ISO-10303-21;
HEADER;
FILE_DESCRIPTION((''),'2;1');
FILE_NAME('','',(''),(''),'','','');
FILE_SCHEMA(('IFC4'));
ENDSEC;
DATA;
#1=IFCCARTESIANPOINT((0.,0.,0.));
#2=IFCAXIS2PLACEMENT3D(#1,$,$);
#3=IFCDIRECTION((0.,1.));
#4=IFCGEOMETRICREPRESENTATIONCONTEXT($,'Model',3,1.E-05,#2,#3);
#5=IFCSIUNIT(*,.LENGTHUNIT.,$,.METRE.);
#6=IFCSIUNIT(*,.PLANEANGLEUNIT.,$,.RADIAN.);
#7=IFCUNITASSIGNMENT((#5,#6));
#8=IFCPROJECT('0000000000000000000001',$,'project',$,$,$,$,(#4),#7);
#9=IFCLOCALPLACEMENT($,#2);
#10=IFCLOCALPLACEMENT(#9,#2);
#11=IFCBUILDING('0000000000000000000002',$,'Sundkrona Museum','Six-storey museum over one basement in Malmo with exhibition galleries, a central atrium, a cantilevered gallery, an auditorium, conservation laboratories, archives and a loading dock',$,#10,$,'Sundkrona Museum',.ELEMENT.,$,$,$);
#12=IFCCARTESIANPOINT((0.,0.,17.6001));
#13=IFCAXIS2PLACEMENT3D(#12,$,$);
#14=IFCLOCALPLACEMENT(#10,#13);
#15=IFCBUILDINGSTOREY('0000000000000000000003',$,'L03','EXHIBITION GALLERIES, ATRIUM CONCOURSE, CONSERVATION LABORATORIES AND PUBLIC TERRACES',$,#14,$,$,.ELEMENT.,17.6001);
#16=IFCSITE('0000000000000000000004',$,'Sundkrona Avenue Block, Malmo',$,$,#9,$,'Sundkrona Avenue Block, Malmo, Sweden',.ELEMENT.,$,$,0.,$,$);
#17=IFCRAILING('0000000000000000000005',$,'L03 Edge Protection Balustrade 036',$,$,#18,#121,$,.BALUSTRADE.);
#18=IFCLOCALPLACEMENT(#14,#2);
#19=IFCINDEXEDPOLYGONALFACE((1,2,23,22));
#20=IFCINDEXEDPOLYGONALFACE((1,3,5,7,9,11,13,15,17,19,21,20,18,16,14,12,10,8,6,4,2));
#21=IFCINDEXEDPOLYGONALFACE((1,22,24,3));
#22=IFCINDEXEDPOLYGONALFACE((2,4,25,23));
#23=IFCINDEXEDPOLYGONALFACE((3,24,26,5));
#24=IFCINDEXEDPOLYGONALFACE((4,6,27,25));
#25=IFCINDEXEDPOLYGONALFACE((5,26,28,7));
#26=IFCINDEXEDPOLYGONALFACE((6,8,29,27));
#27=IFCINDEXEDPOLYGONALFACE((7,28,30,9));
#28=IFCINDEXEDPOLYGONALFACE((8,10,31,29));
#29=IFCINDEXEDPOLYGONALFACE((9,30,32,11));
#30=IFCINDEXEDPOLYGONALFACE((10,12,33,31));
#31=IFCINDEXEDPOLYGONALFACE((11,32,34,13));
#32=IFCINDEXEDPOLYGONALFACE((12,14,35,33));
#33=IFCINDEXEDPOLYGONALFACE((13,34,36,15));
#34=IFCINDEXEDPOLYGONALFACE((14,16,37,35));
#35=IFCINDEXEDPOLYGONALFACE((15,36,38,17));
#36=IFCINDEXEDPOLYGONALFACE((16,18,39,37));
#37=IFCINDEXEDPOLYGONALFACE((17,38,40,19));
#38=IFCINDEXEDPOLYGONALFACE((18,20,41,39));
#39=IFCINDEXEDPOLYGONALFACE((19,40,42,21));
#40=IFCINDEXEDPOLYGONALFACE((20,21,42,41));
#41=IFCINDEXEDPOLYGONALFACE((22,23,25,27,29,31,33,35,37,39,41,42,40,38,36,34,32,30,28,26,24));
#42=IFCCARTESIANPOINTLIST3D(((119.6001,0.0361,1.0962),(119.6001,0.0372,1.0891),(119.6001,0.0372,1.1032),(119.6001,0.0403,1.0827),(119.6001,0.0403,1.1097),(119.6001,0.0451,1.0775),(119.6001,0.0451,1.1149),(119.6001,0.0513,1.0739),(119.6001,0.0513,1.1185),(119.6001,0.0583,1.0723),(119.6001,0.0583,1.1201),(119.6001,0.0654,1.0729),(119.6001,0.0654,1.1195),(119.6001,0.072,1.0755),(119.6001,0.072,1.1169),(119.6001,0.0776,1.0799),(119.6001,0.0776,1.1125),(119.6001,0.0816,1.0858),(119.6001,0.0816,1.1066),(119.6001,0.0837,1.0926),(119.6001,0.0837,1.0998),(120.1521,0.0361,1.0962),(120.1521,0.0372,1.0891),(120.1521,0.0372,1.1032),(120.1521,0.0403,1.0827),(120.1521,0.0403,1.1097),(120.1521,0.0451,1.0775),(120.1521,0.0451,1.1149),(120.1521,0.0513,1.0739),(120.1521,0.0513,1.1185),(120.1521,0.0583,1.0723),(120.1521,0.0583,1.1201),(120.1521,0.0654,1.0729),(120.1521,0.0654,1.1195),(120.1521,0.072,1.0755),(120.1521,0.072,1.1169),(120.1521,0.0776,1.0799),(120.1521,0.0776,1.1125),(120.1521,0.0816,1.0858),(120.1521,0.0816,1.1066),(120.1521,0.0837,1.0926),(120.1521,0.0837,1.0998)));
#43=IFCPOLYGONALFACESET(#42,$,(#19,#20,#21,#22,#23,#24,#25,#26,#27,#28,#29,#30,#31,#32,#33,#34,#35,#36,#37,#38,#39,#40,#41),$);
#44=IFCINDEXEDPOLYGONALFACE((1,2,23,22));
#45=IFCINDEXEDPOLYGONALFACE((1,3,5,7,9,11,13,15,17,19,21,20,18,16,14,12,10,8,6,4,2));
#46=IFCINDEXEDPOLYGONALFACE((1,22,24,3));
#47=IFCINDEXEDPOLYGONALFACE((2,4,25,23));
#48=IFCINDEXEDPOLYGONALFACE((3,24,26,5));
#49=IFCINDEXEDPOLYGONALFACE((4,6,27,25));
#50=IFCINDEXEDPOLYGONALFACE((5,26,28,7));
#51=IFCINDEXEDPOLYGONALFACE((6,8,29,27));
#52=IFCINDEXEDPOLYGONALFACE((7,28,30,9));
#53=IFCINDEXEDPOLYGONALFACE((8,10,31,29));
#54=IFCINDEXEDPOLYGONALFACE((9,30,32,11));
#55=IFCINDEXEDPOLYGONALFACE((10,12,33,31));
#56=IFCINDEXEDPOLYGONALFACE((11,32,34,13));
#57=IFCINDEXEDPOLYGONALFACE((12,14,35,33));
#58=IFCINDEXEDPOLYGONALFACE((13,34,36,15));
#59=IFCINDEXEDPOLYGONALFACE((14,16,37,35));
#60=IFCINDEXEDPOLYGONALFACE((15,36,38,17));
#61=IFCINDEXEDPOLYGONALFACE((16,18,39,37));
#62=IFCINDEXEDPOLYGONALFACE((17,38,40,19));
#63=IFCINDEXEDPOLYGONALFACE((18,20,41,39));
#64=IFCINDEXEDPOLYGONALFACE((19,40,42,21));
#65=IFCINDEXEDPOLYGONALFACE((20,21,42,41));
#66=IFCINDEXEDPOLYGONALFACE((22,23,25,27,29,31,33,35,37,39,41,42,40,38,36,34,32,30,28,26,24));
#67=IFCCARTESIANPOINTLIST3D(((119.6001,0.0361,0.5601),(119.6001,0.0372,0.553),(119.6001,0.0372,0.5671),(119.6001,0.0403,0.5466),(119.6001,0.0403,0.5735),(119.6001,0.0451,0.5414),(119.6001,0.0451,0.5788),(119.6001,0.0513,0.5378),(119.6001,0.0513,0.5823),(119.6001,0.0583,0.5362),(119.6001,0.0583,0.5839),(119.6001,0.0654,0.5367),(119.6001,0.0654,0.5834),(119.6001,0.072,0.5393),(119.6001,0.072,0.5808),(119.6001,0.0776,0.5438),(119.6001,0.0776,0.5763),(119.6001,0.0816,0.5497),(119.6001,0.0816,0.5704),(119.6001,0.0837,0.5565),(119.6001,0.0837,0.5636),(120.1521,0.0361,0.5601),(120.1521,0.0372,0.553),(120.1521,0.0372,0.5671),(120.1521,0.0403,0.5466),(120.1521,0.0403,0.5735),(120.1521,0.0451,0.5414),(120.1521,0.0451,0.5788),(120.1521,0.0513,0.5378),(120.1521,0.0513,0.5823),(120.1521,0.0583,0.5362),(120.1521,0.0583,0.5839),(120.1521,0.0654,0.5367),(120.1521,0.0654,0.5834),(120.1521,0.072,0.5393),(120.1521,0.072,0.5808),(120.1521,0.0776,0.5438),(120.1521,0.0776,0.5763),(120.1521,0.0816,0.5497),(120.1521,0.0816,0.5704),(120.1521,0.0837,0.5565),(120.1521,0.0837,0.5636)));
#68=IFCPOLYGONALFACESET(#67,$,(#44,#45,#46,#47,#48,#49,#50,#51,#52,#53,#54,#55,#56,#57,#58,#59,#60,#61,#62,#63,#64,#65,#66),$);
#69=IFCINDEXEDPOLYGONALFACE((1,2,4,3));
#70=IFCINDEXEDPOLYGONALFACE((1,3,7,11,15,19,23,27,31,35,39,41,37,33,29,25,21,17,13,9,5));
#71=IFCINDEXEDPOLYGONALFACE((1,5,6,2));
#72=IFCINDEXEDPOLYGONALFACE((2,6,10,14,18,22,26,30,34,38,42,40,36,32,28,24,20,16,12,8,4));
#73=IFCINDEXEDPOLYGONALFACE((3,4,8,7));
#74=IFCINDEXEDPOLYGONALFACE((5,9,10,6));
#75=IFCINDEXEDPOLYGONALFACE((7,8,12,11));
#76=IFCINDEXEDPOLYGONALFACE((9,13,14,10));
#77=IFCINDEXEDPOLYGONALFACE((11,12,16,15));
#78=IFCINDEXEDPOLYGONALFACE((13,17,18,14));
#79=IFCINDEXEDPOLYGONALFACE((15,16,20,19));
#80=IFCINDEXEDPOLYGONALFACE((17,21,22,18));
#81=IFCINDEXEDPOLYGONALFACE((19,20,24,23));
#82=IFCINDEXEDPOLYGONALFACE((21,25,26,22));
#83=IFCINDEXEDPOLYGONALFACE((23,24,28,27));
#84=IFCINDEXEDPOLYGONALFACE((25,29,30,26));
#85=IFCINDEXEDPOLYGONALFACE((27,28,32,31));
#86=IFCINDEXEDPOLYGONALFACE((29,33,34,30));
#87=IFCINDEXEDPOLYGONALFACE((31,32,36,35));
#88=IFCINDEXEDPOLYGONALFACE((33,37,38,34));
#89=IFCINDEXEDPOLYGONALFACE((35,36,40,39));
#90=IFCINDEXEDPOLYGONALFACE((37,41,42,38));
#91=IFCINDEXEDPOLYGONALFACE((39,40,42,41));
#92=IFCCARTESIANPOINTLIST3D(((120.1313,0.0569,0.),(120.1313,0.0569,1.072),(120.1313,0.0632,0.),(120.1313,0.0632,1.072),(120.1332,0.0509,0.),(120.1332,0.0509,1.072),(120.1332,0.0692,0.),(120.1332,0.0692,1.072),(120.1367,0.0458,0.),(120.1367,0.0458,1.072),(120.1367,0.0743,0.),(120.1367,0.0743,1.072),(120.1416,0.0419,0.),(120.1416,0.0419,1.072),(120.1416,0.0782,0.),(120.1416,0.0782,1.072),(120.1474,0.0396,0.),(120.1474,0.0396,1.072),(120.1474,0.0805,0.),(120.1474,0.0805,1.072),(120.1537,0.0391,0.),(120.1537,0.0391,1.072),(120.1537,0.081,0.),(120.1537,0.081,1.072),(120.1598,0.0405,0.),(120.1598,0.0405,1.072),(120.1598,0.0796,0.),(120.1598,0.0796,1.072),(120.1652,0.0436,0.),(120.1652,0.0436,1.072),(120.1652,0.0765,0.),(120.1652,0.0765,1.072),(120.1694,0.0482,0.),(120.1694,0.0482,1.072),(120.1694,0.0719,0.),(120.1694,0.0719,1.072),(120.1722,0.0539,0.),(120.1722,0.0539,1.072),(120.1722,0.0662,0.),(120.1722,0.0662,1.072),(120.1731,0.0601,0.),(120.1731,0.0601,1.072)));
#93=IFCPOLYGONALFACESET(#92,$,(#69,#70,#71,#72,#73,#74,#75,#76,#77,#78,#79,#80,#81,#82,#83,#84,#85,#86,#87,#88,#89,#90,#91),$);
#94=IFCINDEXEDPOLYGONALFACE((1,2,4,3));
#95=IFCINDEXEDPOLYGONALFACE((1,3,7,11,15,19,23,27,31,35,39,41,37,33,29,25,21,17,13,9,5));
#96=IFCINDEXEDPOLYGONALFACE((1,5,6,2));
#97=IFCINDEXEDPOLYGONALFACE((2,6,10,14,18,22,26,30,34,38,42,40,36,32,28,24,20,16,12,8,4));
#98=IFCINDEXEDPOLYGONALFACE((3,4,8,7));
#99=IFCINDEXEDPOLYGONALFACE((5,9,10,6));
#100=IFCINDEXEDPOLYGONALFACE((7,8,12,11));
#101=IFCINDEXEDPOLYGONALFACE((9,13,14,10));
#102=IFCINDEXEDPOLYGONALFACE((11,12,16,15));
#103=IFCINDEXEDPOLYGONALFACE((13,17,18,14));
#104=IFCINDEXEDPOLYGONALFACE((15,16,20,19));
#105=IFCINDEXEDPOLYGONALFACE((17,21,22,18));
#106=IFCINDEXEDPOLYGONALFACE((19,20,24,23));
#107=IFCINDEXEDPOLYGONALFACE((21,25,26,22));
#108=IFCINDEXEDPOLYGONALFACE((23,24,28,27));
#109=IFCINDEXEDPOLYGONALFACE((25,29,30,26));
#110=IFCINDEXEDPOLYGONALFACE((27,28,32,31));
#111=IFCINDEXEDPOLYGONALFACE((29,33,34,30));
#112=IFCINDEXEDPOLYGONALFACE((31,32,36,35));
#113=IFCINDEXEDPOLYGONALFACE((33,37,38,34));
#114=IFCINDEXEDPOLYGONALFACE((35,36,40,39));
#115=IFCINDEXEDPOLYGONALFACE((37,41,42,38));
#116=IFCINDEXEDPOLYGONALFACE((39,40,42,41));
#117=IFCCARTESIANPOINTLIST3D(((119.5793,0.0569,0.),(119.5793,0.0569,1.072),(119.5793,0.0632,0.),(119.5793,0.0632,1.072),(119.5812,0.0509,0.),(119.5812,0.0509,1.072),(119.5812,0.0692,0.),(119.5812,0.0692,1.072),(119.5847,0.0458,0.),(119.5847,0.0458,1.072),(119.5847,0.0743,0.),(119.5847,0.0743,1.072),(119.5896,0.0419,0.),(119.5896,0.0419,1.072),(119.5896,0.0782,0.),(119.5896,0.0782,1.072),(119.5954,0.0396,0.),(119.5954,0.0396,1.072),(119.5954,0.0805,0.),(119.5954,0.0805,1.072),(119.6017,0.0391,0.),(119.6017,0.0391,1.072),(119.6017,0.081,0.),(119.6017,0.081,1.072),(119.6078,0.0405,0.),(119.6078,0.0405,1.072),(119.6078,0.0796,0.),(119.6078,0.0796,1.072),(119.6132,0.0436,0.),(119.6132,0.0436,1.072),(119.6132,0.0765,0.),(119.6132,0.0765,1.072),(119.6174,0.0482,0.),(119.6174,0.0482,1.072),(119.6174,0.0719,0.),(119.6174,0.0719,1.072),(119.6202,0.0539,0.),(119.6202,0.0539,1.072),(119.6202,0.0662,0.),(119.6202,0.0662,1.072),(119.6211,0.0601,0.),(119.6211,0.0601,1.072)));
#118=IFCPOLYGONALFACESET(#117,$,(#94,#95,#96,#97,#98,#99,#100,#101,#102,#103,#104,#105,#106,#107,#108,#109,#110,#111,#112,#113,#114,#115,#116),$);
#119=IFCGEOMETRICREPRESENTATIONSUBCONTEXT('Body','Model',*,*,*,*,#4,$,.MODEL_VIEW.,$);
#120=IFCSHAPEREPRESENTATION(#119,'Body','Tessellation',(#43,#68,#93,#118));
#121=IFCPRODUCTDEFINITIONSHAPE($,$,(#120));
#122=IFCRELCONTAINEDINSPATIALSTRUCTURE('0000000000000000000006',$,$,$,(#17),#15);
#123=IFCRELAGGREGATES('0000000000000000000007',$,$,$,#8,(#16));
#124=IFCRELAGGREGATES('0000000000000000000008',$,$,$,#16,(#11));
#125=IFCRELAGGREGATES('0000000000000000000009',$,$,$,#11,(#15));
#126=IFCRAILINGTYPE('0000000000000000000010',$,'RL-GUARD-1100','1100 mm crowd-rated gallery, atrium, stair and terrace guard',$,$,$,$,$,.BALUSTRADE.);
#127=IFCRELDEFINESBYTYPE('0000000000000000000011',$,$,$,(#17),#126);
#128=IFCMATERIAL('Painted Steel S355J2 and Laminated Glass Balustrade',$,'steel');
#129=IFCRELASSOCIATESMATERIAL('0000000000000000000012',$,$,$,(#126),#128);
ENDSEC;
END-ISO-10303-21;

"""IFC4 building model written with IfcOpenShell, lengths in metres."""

from ifc_helpers import new_model, si_unit, direction, frame, origin, origin_2d, place, context, subcontext, project, spatial, circle, extrude, material, type_object, element, save


model = new_model("IFC4")

# Units and contexts
model_context = context("Model", 3, precision=1e-05, world=origin(), true_north=direction((0.0, 1.0)))
body_context = subcontext(model_context, "Body", "Model", "MODEL_VIEW")
ifc_project = project(units=[si_unit("LENGTHUNIT", "METRE"), si_unit("PLANEANGLEUNIT", "RADIAN")], contexts=[model_context])

# Site, building, storey
site_placement = place(None, origin())
site = spatial("IfcSite", under=ifc_project, at=site_placement, Name="Sundkrona Avenue Block, Malmo", LongName="Sundkrona Avenue Block, Malmo, Sweden", CompositionType="ELEMENT", RefElevation=0.0)
building_placement = place(site_placement, origin())
building = spatial("IfcBuilding", under=site, at=building_placement, Name="Sundkrona Museum", Description="Six-storey museum over one basement in Malmo with exhibition galleries, a central atrium, a cantilevered gallery, an auditorium, conservation laboratories, archives and a loading dock", LongName="Sundkrona Museum", CompositionType="ELEMENT")
storey_placement = place(building_placement, frame((0.0, 0.0, 17.6001)))
storey = spatial("IfcBuildingStorey", under=building, at=storey_placement, Name="L03", Description="EXHIBITION GALLERIES, ATRIUM CONCOURSE, CONSERVATION LABORATORIES AND PUBLIC TERRACES", CompositionType="ELEMENT", Elevation=17.6001)

# Railing
ifc_material_1 = material(Name="Painted Steel S355J2 and Laminated Glass Balustrade", Category="steel")
railing_type_1 = type_object("IfcRailingType", Name="RL-GUARD-1100", Description="1100 mm crowd-rated gallery, atrium, stair and terrace guard", PredefinedType="BALUSTRADE", material=ifc_material_1)
railing_1_placement = place(storey_placement, frame((120.1521, 0.0601, 0.0)))
element("IfcRailing", 1, at=railing_1_placement, inside=storey, type_object=railing_type_1, Name="L03 Edge Protection Balustrade 036", PredefinedType="BALUSTRADE", context=body_context, shape_type="SweptSolid", body=[
    extrude(circle(Radius=0.0239, at=origin_2d()), frame((0.0, 0.0, 1.0962), z_axis=(-1.0, 0.0, 0.0), x_axis=(0.0, -1.0, 0.0)), (0.0, 0.0, 1.0), 0.552),
    extrude(circle(Radius=0.0239, at=origin_2d()), frame((0.0, 0.0, 0.5601), z_axis=(-1.0, 0.0, 0.0), x_axis=(0.0, -1.0, 0.0)), (0.0, 0.0, 1.0), 0.552),
    extrude(circle(Radius=0.021, at=origin_2d()), origin(), (0.0, 0.0, 1.0), 1.072),
    extrude(circle(Radius=0.021, at=origin_2d()), frame((-0.552, 0.0, 0.0)), (0.0, 0.0, 1.0), 1.072),
])

save(model, "model.ifc")
